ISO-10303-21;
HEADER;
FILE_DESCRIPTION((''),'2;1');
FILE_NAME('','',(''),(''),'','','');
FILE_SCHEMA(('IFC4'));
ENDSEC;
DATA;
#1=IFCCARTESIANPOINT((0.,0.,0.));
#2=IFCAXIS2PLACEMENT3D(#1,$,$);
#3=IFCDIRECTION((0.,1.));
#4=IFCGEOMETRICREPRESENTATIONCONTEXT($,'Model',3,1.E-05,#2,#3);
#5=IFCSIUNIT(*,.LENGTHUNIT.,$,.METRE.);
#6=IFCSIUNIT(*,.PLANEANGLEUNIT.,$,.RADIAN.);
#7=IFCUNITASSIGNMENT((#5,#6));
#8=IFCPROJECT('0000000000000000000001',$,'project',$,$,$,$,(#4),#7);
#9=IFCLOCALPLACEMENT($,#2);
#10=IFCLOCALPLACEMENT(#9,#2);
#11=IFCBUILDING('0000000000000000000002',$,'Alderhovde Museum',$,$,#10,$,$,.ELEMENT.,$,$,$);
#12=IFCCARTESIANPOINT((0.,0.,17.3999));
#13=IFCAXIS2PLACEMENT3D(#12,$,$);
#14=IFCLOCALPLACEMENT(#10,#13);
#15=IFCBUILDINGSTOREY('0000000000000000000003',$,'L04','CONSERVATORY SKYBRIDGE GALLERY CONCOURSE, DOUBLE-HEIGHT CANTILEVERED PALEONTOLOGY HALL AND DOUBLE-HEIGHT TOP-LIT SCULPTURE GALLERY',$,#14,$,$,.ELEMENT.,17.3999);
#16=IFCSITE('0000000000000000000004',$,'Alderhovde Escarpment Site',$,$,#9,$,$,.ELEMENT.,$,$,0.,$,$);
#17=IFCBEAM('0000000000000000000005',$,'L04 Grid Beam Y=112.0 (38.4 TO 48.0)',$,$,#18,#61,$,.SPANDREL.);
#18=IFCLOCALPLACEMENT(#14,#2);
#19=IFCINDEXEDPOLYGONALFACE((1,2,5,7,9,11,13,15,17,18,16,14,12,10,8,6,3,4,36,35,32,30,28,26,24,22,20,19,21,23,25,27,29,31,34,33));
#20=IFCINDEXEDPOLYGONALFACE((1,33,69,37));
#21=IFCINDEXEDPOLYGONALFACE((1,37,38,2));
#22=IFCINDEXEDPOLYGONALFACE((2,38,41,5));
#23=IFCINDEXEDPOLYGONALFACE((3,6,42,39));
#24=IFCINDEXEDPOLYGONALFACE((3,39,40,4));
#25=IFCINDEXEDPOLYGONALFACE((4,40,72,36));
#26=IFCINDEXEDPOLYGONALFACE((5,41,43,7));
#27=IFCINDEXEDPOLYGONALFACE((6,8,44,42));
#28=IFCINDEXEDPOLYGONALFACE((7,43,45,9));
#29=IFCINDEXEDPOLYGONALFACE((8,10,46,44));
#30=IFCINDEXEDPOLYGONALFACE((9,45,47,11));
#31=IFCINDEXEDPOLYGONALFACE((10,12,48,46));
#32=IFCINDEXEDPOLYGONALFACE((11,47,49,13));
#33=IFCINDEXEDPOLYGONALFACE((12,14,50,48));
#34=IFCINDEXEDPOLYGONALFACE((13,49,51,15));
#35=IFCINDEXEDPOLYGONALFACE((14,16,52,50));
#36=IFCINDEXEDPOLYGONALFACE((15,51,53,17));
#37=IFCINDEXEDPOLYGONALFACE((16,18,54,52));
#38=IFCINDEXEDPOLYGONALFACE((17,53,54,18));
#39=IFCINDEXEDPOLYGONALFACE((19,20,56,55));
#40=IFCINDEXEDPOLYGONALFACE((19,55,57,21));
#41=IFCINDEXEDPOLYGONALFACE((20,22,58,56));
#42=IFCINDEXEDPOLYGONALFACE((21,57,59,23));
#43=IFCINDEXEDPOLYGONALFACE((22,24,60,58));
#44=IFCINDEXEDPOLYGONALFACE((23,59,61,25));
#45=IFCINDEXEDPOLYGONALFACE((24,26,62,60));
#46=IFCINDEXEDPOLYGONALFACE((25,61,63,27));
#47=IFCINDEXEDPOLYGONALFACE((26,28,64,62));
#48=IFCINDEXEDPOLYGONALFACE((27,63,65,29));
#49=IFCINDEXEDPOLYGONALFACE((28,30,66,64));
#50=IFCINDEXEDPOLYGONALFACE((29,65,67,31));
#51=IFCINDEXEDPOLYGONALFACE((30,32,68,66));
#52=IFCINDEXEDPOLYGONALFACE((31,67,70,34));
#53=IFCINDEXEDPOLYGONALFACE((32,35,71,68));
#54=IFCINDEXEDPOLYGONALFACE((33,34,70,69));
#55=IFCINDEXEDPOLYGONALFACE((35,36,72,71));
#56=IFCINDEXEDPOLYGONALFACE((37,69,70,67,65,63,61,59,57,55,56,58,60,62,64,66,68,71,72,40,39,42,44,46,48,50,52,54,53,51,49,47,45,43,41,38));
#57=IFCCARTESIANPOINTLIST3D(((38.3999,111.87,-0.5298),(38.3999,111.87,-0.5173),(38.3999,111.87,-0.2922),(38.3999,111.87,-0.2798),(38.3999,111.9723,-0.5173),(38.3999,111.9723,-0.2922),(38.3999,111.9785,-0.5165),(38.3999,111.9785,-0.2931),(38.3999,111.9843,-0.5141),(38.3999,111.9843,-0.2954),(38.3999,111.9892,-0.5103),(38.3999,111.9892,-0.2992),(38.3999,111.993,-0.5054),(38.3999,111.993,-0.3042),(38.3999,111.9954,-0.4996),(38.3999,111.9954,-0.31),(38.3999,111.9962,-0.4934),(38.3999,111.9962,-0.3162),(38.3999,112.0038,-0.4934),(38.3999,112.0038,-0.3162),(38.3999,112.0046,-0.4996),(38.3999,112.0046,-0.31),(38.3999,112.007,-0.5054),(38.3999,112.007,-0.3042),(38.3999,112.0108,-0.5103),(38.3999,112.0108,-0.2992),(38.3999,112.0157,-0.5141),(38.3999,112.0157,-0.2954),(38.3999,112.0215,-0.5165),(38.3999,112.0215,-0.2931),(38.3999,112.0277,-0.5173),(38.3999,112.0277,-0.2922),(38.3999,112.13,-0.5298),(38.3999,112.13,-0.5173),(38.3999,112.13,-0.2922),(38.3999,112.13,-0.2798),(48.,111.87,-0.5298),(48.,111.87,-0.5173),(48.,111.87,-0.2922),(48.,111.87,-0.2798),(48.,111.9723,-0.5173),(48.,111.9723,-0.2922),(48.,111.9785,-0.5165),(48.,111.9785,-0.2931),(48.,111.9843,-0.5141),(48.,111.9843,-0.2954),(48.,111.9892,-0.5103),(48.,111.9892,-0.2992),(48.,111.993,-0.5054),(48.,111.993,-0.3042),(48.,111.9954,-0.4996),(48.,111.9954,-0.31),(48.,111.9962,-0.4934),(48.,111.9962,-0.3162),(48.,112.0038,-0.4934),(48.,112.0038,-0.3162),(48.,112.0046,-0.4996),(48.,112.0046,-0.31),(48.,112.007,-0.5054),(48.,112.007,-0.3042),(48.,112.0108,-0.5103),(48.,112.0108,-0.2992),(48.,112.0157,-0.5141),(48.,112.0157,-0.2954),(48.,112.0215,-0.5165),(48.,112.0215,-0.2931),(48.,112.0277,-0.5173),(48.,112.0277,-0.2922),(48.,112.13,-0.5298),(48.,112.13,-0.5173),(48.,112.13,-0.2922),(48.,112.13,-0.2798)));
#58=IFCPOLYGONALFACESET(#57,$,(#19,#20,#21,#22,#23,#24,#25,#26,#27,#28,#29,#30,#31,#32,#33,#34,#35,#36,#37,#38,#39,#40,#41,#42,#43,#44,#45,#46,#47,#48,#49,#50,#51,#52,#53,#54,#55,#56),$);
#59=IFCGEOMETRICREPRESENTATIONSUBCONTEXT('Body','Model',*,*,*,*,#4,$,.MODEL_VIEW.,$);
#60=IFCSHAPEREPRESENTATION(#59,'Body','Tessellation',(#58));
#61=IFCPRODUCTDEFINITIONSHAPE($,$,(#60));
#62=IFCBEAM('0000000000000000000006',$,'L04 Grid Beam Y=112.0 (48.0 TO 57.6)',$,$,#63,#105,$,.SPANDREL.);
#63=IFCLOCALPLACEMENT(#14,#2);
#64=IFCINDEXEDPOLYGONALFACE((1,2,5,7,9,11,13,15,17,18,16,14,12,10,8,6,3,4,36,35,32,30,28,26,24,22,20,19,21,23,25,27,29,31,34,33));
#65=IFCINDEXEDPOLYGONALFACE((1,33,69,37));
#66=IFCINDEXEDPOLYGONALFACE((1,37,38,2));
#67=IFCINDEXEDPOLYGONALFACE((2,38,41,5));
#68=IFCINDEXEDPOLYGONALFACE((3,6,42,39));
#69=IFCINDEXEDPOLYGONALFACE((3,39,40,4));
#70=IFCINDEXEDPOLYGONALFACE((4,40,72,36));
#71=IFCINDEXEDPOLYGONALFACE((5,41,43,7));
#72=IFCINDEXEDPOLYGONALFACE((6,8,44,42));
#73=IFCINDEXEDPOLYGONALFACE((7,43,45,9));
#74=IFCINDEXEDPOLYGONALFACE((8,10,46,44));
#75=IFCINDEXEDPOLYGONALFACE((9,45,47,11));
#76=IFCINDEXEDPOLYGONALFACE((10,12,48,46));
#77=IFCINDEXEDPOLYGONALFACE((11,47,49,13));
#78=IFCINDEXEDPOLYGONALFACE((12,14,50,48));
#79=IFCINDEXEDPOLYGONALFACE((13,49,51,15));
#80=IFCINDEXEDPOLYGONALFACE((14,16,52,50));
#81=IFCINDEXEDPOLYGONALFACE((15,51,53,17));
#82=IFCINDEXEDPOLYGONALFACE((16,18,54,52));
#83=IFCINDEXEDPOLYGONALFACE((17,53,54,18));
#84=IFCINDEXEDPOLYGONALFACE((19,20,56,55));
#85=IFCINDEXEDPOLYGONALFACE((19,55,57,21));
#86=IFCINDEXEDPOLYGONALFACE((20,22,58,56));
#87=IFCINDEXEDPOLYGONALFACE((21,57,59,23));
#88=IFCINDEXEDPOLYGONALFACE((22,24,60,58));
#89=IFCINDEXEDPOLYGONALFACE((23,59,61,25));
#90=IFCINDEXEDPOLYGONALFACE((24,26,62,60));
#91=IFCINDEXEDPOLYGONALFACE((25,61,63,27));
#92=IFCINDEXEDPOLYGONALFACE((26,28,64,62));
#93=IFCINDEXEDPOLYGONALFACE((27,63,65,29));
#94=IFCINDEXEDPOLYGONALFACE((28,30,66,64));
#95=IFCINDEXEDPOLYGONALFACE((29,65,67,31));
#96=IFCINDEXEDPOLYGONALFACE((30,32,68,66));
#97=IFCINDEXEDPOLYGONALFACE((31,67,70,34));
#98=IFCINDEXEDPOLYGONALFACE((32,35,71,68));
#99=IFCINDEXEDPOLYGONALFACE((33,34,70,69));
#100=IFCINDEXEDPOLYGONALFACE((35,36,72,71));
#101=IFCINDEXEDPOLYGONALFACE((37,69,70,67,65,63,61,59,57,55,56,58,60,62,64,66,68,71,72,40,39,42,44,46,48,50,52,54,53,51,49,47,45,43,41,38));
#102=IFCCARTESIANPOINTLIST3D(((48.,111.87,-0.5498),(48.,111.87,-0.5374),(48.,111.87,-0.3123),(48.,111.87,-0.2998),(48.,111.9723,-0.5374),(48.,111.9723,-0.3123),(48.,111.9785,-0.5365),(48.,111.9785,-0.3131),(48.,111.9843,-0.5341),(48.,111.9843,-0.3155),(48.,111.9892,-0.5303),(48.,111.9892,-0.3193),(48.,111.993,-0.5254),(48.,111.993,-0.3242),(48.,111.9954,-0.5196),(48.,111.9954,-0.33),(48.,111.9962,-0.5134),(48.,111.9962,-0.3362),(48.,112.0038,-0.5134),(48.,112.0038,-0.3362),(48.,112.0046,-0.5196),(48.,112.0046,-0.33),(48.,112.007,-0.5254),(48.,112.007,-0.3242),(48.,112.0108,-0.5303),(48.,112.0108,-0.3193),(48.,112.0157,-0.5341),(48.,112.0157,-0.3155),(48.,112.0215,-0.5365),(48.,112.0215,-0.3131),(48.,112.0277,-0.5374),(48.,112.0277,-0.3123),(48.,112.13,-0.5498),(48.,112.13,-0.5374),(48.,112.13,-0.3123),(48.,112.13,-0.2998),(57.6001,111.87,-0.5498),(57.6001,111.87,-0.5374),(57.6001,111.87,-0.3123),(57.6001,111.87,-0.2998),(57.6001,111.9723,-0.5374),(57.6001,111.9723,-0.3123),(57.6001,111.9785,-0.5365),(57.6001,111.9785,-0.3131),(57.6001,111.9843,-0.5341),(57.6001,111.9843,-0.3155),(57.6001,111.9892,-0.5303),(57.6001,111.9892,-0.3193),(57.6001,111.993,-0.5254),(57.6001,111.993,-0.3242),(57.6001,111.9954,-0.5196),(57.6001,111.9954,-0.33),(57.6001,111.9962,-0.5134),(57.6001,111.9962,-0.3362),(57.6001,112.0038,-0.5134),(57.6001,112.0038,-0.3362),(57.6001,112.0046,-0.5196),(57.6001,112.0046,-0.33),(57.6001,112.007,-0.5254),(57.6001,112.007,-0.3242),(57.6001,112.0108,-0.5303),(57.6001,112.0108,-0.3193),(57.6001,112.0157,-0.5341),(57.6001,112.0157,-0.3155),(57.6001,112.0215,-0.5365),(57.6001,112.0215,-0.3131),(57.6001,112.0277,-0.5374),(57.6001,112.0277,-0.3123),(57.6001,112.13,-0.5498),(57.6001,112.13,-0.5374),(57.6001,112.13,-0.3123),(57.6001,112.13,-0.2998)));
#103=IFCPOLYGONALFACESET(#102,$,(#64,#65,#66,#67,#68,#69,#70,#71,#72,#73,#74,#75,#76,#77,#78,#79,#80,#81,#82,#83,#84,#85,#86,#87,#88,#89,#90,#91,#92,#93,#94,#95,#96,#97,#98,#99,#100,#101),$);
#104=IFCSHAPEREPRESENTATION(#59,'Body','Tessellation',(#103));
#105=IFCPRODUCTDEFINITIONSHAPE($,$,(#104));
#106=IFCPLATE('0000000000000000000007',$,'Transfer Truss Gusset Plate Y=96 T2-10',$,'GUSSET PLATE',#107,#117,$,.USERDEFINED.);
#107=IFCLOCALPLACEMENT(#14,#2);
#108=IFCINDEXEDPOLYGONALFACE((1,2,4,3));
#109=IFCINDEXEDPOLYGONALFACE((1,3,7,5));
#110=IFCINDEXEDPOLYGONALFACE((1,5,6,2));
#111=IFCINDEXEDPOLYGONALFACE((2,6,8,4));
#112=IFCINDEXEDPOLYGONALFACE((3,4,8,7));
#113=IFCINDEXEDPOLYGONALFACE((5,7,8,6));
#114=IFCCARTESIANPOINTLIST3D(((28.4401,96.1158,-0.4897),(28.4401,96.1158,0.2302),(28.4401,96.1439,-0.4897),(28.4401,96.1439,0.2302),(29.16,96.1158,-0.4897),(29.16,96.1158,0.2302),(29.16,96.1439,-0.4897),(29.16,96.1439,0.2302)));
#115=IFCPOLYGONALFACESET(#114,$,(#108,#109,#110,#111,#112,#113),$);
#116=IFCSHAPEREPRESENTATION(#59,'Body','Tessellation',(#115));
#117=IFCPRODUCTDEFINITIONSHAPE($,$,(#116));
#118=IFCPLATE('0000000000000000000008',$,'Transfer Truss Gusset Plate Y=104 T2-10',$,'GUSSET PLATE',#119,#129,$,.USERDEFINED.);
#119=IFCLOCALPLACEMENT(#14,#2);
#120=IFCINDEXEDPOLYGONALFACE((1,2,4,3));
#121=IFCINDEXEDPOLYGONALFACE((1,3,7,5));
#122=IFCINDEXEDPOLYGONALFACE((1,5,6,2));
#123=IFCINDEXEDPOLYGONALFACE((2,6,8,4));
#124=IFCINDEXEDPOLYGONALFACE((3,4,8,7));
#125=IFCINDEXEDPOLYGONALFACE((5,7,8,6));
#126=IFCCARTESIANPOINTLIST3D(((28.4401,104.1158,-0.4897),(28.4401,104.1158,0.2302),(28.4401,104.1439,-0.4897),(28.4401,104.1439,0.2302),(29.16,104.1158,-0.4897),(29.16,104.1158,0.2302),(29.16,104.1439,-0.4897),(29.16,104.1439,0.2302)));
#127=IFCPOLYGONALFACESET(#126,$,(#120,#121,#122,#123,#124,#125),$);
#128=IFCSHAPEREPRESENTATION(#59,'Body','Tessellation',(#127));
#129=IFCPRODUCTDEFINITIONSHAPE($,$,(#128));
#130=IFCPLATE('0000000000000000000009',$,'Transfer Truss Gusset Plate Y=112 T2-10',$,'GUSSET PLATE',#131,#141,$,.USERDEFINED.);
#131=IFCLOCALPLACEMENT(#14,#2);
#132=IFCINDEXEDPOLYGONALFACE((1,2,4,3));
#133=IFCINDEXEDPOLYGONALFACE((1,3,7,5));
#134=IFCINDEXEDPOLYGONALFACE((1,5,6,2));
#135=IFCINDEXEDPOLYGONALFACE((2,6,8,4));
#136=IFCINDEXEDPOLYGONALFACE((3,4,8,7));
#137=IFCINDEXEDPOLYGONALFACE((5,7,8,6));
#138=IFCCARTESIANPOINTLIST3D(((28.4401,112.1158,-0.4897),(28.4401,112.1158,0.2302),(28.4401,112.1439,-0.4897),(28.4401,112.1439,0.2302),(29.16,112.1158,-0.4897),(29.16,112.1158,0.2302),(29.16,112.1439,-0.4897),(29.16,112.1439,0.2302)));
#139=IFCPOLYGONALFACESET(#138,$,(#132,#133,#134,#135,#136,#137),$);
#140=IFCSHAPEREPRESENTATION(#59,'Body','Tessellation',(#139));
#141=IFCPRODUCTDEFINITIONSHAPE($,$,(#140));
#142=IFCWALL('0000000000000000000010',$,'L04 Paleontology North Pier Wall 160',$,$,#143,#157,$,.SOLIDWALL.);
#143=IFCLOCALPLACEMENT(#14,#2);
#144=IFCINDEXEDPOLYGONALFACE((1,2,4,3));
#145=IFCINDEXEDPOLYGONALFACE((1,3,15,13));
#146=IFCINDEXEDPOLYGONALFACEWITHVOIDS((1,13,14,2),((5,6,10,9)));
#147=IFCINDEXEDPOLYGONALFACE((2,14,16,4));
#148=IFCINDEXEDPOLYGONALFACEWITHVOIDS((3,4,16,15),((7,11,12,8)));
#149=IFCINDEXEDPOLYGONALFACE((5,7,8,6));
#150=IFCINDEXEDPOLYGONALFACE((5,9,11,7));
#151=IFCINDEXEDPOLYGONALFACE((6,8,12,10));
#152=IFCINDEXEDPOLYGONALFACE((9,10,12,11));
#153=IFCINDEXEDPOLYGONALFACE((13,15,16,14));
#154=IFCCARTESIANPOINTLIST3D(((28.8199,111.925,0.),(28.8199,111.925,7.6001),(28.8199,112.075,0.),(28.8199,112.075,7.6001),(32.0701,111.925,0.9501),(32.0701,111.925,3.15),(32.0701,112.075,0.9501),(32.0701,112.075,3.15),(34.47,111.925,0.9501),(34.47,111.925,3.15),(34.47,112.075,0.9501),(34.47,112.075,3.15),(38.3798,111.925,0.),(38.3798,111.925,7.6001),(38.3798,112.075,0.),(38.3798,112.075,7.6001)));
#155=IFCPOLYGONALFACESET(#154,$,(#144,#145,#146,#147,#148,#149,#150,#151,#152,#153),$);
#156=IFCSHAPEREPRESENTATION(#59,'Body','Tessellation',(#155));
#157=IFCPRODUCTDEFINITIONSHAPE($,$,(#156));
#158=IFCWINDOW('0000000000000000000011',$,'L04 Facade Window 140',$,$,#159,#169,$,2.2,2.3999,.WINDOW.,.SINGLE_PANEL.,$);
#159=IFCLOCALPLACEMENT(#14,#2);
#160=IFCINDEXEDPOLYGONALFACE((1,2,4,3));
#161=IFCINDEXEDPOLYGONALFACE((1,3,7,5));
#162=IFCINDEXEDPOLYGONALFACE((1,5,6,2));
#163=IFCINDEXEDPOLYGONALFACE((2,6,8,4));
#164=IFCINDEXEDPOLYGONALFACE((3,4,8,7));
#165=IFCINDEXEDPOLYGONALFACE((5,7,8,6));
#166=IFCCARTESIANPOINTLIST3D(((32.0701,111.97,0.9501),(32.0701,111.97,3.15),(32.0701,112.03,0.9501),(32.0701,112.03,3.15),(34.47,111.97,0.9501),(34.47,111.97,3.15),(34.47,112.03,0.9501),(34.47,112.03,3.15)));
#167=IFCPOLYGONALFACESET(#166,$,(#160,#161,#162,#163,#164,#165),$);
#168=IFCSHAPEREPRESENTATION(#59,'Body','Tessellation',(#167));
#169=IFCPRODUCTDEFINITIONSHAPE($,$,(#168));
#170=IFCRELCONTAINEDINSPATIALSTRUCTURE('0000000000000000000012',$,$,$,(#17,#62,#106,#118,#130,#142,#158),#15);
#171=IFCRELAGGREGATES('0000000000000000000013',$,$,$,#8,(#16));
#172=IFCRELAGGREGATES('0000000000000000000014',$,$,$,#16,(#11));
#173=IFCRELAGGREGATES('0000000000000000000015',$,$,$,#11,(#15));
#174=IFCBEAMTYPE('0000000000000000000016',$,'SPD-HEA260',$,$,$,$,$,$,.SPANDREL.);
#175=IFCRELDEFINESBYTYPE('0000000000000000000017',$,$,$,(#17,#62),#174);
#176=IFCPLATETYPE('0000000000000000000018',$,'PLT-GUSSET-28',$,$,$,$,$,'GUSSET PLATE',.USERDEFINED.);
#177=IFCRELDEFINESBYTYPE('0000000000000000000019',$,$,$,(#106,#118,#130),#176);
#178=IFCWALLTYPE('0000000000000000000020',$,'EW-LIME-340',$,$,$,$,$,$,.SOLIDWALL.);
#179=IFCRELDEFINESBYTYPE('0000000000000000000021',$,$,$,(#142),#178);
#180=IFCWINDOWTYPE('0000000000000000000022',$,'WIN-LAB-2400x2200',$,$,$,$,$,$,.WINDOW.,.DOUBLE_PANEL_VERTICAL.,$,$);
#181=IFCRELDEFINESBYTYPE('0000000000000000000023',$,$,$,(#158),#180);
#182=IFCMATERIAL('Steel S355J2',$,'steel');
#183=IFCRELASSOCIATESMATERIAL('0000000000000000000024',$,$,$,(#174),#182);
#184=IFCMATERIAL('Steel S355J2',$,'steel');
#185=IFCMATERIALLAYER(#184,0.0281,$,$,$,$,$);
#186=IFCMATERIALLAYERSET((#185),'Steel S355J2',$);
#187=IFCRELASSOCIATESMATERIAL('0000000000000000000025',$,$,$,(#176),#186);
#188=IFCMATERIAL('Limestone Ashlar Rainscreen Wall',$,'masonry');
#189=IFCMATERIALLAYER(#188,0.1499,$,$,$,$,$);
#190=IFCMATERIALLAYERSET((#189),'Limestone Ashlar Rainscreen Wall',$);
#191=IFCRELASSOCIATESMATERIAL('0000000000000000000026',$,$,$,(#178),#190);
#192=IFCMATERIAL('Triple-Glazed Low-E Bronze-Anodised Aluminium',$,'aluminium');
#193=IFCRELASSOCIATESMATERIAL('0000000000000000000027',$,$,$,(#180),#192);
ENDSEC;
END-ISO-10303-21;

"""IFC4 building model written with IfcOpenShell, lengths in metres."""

from ifc_helpers import new_model, si_unit, direction, frame, frame_2d, origin, origin_2d, place, context, subcontext, project, spatial, rectangle, i_section, extrude, material, layer, layer_set, material_profile, profile_set, type_object, element, fill, save


model = new_model("IFC4")

# Units and contexts
model_context = context("Model", 3, precision=1e-05, world=origin(), true_north=direction((0.0, 1.0)))
body_context = subcontext(model_context, "Body", "Model", "MODEL_VIEW")
ifc_project = project(units=[si_unit("LENGTHUNIT", "METRE"), si_unit("PLANEANGLEUNIT", "RADIAN")], contexts=[model_context])

# Site, building, storey
site_placement = place(None, origin())
site = spatial("IfcSite", under=ifc_project, at=site_placement, Name="Alderhovde Escarpment Site", CompositionType="ELEMENT", RefElevation=0.0)
building_placement = place(site_placement, origin())
building = spatial("IfcBuilding", under=site, at=building_placement, Name="Alderhovde Museum", CompositionType="ELEMENT")
storey_placement = place(building_placement, frame((0.0, 0.0, 17.3999)))
storey = spatial("IfcBuildingStorey", under=building, at=storey_placement, Name="L04", Description="CONSERVATORY SKYBRIDGE GALLERY CONCOURSE, DOUBLE-HEIGHT CANTILEVERED PALEONTOLOGY HALL AND DOUBLE-HEIGHT TOP-LIT SCULPTURE GALLERY", CompositionType="ELEMENT", Elevation=17.3999)

# Beams
ifc_material_1 = material(Name="Steel S355J2", Category="steel")
ifc_material_profile_1 = material_profile(ifc_material_1, i_section(OverallWidth=0.26, OverallDepth=0.25, WebThickness=0.0076, FlangeThickness=0.0125, FilletRadius=0.0239, at=origin_2d()), Name="HEA 260")
ifc_profile_set_1 = profile_set([ifc_material_profile_1], Name="Steel S355J2")
beam_type_1 = type_object("IfcBeamType", Name="SPD-HEA260", PredefinedType="SPANDREL", material=ifc_profile_set_1)
for number, where, z_axis, x_axis, name in (
    (1, (38.3999, 112.0, -0.4048), (1.0, 0.0, 0.0), (0.0, 1.0, 0.0), "L04 Grid Beam Y=112.0 (38.4 TO 48.0)"),
    (2, (48.0, 112.0, -0.4248), (1.0, 0.0, 0.0), (0.0, 1.0, 0.0), "L04 Grid Beam Y=112.0 (48.0 TO 57.6)"),
):
    element("IfcBeam", number, at=place(storey_placement, frame(where, z_axis=z_axis, x_axis=x_axis)), inside=storey, type_object=beam_type_1, Name=name, PredefinedType="SPANDREL", context=body_context, shape_type="SweptSolid", body=[
        extrude(i_section(OverallWidth=0.26, OverallDepth=0.25, WebThickness=0.0076, FlangeThickness=0.0125, FilletRadius=0.0239, at=origin_2d()), origin(), (0.0, 0.0, 1.0), 9.6001),
    ])

# Plates
ifc_material_2 = material(Name="Steel S355J2", Category="steel")
ifc_layer_1 = layer(ifc_material_2, 0.0281)
ifc_layer_set_1 = layer_set([ifc_layer_1], Name="Steel S355J2")
plate_type = type_object("IfcPlateType", Name="PLT-GUSSET-28", ElementType="GUSSET PLATE", PredefinedType="USERDEFINED", material=ifc_layer_set_1)
for number, where, z_axis, x_axis, name in (
    (3, (28.8, 96.1299, -0.4897), (0.0, 0.0, 1.0), (1.0, 0.0, 0.0), "Transfer Truss Gusset Plate Y=96 T2-10"),
    (4, (28.8, 104.1299, -0.4897), (0.0, 0.0, 1.0), (1.0, 0.0, 0.0), "Transfer Truss Gusset Plate Y=104 T2-10"),
    (5, (28.8, 112.1299, -0.4897), (0.0, 0.0, 1.0), (1.0, 0.0, 0.0), "Transfer Truss Gusset Plate Y=112 T2-10"),
):
    element("IfcPlate", number, at=place(storey_placement, frame(where, z_axis=z_axis, x_axis=x_axis)), inside=storey, type_object=plate_type, Name=name, ObjectType="GUSSET PLATE", PredefinedType="USERDEFINED", context=body_context, shape_type="SweptSolid", body=[
        extrude(rectangle(XDim=0.72, YDim=0.0281, at=origin_2d()), origin(), (0.0, 0.0, 1.0), 0.72),
    ])

# Wall, opening, window
ifc_material_3 = material(Name="Limestone Ashlar Rainscreen Wall", Category="masonry")
ifc_layer_2 = layer(ifc_material_3, 0.1499)
ifc_layer_set_2 = layer_set([ifc_layer_2], Name="Limestone Ashlar Rainscreen Wall")
wall_type = type_object("IfcWallType", Name="EW-LIME-340", PredefinedType="SOLIDWALL", material=ifc_layer_set_2)
wall_1_placement = place(storey_placement, frame((28.8201, 112.0, 0.0), z_axis=(0.0, 0.0, 1.0), x_axis=(1.0, 0.0, 0.0)))
wall_1 = element("IfcWall", 6, at=wall_1_placement, inside=storey, type_object=wall_type, Name="L04 Paleontology North Pier Wall 160", PredefinedType="SOLIDWALL", context=body_context, shape_type="SweptSolid", body=[
    extrude(rectangle(XDim=9.5598, YDim=0.1499, at=frame_2d((4.7798, 0.0))), origin(), (0.0, 0.0, 1.0), 7.6001),
])
opening_1_placement = place(wall_1_placement, frame((3.25, 0.0, 0.95)))
opening_1 = element("IfcOpeningElement", 7, at=opening_1_placement, cuts=wall_1, PredefinedType="OPENING", context=body_context, shape_type="SweptSolid", body=[
    extrude(rectangle(XDim=2.3999, YDim=2.2, at=frame_2d((1.2, 1.1001))), frame((0.0, 0.085, 0.0), z_axis=(0.0, -1.0, 0.0), x_axis=(1.0, 0.0, 0.0)), (0.0, 0.0, 1.0), 0.1699),
])
ifc_material_4 = material(Name="Triple-Glazed Low-E Bronze-Anodised Aluminium", Category="aluminium")
window_type_1 = type_object("IfcWindowType", Name="WIN-LAB-2400x2200", PartitioningType="DOUBLE_PANEL_VERTICAL", PredefinedType="WINDOW", material=ifc_material_4)
window_1_placement = place(opening_1_placement, origin())
window_1 = element("IfcWindow", 8, at=window_1_placement, inside=storey, type_object=window_type_1, Name="L04 Facade Window 140", OverallHeight=2.2, OverallWidth=2.3999, PartitioningType="SINGLE_PANEL", PredefinedType="WINDOW", context=body_context, shape_type="SweptSolid", body=[
    extrude(rectangle(XDim=2.3999, YDim=2.2, at=frame_2d((1.2, 1.1001))), frame((0.0, 0.03, 0.0), z_axis=(0.0, -1.0, 0.0), x_axis=(1.0, 0.0, 0.0)), (0.0, 0.0, 1.0), 0.0601),
])
fill(opening_1, window_1)

save(model, "model.ifc")
